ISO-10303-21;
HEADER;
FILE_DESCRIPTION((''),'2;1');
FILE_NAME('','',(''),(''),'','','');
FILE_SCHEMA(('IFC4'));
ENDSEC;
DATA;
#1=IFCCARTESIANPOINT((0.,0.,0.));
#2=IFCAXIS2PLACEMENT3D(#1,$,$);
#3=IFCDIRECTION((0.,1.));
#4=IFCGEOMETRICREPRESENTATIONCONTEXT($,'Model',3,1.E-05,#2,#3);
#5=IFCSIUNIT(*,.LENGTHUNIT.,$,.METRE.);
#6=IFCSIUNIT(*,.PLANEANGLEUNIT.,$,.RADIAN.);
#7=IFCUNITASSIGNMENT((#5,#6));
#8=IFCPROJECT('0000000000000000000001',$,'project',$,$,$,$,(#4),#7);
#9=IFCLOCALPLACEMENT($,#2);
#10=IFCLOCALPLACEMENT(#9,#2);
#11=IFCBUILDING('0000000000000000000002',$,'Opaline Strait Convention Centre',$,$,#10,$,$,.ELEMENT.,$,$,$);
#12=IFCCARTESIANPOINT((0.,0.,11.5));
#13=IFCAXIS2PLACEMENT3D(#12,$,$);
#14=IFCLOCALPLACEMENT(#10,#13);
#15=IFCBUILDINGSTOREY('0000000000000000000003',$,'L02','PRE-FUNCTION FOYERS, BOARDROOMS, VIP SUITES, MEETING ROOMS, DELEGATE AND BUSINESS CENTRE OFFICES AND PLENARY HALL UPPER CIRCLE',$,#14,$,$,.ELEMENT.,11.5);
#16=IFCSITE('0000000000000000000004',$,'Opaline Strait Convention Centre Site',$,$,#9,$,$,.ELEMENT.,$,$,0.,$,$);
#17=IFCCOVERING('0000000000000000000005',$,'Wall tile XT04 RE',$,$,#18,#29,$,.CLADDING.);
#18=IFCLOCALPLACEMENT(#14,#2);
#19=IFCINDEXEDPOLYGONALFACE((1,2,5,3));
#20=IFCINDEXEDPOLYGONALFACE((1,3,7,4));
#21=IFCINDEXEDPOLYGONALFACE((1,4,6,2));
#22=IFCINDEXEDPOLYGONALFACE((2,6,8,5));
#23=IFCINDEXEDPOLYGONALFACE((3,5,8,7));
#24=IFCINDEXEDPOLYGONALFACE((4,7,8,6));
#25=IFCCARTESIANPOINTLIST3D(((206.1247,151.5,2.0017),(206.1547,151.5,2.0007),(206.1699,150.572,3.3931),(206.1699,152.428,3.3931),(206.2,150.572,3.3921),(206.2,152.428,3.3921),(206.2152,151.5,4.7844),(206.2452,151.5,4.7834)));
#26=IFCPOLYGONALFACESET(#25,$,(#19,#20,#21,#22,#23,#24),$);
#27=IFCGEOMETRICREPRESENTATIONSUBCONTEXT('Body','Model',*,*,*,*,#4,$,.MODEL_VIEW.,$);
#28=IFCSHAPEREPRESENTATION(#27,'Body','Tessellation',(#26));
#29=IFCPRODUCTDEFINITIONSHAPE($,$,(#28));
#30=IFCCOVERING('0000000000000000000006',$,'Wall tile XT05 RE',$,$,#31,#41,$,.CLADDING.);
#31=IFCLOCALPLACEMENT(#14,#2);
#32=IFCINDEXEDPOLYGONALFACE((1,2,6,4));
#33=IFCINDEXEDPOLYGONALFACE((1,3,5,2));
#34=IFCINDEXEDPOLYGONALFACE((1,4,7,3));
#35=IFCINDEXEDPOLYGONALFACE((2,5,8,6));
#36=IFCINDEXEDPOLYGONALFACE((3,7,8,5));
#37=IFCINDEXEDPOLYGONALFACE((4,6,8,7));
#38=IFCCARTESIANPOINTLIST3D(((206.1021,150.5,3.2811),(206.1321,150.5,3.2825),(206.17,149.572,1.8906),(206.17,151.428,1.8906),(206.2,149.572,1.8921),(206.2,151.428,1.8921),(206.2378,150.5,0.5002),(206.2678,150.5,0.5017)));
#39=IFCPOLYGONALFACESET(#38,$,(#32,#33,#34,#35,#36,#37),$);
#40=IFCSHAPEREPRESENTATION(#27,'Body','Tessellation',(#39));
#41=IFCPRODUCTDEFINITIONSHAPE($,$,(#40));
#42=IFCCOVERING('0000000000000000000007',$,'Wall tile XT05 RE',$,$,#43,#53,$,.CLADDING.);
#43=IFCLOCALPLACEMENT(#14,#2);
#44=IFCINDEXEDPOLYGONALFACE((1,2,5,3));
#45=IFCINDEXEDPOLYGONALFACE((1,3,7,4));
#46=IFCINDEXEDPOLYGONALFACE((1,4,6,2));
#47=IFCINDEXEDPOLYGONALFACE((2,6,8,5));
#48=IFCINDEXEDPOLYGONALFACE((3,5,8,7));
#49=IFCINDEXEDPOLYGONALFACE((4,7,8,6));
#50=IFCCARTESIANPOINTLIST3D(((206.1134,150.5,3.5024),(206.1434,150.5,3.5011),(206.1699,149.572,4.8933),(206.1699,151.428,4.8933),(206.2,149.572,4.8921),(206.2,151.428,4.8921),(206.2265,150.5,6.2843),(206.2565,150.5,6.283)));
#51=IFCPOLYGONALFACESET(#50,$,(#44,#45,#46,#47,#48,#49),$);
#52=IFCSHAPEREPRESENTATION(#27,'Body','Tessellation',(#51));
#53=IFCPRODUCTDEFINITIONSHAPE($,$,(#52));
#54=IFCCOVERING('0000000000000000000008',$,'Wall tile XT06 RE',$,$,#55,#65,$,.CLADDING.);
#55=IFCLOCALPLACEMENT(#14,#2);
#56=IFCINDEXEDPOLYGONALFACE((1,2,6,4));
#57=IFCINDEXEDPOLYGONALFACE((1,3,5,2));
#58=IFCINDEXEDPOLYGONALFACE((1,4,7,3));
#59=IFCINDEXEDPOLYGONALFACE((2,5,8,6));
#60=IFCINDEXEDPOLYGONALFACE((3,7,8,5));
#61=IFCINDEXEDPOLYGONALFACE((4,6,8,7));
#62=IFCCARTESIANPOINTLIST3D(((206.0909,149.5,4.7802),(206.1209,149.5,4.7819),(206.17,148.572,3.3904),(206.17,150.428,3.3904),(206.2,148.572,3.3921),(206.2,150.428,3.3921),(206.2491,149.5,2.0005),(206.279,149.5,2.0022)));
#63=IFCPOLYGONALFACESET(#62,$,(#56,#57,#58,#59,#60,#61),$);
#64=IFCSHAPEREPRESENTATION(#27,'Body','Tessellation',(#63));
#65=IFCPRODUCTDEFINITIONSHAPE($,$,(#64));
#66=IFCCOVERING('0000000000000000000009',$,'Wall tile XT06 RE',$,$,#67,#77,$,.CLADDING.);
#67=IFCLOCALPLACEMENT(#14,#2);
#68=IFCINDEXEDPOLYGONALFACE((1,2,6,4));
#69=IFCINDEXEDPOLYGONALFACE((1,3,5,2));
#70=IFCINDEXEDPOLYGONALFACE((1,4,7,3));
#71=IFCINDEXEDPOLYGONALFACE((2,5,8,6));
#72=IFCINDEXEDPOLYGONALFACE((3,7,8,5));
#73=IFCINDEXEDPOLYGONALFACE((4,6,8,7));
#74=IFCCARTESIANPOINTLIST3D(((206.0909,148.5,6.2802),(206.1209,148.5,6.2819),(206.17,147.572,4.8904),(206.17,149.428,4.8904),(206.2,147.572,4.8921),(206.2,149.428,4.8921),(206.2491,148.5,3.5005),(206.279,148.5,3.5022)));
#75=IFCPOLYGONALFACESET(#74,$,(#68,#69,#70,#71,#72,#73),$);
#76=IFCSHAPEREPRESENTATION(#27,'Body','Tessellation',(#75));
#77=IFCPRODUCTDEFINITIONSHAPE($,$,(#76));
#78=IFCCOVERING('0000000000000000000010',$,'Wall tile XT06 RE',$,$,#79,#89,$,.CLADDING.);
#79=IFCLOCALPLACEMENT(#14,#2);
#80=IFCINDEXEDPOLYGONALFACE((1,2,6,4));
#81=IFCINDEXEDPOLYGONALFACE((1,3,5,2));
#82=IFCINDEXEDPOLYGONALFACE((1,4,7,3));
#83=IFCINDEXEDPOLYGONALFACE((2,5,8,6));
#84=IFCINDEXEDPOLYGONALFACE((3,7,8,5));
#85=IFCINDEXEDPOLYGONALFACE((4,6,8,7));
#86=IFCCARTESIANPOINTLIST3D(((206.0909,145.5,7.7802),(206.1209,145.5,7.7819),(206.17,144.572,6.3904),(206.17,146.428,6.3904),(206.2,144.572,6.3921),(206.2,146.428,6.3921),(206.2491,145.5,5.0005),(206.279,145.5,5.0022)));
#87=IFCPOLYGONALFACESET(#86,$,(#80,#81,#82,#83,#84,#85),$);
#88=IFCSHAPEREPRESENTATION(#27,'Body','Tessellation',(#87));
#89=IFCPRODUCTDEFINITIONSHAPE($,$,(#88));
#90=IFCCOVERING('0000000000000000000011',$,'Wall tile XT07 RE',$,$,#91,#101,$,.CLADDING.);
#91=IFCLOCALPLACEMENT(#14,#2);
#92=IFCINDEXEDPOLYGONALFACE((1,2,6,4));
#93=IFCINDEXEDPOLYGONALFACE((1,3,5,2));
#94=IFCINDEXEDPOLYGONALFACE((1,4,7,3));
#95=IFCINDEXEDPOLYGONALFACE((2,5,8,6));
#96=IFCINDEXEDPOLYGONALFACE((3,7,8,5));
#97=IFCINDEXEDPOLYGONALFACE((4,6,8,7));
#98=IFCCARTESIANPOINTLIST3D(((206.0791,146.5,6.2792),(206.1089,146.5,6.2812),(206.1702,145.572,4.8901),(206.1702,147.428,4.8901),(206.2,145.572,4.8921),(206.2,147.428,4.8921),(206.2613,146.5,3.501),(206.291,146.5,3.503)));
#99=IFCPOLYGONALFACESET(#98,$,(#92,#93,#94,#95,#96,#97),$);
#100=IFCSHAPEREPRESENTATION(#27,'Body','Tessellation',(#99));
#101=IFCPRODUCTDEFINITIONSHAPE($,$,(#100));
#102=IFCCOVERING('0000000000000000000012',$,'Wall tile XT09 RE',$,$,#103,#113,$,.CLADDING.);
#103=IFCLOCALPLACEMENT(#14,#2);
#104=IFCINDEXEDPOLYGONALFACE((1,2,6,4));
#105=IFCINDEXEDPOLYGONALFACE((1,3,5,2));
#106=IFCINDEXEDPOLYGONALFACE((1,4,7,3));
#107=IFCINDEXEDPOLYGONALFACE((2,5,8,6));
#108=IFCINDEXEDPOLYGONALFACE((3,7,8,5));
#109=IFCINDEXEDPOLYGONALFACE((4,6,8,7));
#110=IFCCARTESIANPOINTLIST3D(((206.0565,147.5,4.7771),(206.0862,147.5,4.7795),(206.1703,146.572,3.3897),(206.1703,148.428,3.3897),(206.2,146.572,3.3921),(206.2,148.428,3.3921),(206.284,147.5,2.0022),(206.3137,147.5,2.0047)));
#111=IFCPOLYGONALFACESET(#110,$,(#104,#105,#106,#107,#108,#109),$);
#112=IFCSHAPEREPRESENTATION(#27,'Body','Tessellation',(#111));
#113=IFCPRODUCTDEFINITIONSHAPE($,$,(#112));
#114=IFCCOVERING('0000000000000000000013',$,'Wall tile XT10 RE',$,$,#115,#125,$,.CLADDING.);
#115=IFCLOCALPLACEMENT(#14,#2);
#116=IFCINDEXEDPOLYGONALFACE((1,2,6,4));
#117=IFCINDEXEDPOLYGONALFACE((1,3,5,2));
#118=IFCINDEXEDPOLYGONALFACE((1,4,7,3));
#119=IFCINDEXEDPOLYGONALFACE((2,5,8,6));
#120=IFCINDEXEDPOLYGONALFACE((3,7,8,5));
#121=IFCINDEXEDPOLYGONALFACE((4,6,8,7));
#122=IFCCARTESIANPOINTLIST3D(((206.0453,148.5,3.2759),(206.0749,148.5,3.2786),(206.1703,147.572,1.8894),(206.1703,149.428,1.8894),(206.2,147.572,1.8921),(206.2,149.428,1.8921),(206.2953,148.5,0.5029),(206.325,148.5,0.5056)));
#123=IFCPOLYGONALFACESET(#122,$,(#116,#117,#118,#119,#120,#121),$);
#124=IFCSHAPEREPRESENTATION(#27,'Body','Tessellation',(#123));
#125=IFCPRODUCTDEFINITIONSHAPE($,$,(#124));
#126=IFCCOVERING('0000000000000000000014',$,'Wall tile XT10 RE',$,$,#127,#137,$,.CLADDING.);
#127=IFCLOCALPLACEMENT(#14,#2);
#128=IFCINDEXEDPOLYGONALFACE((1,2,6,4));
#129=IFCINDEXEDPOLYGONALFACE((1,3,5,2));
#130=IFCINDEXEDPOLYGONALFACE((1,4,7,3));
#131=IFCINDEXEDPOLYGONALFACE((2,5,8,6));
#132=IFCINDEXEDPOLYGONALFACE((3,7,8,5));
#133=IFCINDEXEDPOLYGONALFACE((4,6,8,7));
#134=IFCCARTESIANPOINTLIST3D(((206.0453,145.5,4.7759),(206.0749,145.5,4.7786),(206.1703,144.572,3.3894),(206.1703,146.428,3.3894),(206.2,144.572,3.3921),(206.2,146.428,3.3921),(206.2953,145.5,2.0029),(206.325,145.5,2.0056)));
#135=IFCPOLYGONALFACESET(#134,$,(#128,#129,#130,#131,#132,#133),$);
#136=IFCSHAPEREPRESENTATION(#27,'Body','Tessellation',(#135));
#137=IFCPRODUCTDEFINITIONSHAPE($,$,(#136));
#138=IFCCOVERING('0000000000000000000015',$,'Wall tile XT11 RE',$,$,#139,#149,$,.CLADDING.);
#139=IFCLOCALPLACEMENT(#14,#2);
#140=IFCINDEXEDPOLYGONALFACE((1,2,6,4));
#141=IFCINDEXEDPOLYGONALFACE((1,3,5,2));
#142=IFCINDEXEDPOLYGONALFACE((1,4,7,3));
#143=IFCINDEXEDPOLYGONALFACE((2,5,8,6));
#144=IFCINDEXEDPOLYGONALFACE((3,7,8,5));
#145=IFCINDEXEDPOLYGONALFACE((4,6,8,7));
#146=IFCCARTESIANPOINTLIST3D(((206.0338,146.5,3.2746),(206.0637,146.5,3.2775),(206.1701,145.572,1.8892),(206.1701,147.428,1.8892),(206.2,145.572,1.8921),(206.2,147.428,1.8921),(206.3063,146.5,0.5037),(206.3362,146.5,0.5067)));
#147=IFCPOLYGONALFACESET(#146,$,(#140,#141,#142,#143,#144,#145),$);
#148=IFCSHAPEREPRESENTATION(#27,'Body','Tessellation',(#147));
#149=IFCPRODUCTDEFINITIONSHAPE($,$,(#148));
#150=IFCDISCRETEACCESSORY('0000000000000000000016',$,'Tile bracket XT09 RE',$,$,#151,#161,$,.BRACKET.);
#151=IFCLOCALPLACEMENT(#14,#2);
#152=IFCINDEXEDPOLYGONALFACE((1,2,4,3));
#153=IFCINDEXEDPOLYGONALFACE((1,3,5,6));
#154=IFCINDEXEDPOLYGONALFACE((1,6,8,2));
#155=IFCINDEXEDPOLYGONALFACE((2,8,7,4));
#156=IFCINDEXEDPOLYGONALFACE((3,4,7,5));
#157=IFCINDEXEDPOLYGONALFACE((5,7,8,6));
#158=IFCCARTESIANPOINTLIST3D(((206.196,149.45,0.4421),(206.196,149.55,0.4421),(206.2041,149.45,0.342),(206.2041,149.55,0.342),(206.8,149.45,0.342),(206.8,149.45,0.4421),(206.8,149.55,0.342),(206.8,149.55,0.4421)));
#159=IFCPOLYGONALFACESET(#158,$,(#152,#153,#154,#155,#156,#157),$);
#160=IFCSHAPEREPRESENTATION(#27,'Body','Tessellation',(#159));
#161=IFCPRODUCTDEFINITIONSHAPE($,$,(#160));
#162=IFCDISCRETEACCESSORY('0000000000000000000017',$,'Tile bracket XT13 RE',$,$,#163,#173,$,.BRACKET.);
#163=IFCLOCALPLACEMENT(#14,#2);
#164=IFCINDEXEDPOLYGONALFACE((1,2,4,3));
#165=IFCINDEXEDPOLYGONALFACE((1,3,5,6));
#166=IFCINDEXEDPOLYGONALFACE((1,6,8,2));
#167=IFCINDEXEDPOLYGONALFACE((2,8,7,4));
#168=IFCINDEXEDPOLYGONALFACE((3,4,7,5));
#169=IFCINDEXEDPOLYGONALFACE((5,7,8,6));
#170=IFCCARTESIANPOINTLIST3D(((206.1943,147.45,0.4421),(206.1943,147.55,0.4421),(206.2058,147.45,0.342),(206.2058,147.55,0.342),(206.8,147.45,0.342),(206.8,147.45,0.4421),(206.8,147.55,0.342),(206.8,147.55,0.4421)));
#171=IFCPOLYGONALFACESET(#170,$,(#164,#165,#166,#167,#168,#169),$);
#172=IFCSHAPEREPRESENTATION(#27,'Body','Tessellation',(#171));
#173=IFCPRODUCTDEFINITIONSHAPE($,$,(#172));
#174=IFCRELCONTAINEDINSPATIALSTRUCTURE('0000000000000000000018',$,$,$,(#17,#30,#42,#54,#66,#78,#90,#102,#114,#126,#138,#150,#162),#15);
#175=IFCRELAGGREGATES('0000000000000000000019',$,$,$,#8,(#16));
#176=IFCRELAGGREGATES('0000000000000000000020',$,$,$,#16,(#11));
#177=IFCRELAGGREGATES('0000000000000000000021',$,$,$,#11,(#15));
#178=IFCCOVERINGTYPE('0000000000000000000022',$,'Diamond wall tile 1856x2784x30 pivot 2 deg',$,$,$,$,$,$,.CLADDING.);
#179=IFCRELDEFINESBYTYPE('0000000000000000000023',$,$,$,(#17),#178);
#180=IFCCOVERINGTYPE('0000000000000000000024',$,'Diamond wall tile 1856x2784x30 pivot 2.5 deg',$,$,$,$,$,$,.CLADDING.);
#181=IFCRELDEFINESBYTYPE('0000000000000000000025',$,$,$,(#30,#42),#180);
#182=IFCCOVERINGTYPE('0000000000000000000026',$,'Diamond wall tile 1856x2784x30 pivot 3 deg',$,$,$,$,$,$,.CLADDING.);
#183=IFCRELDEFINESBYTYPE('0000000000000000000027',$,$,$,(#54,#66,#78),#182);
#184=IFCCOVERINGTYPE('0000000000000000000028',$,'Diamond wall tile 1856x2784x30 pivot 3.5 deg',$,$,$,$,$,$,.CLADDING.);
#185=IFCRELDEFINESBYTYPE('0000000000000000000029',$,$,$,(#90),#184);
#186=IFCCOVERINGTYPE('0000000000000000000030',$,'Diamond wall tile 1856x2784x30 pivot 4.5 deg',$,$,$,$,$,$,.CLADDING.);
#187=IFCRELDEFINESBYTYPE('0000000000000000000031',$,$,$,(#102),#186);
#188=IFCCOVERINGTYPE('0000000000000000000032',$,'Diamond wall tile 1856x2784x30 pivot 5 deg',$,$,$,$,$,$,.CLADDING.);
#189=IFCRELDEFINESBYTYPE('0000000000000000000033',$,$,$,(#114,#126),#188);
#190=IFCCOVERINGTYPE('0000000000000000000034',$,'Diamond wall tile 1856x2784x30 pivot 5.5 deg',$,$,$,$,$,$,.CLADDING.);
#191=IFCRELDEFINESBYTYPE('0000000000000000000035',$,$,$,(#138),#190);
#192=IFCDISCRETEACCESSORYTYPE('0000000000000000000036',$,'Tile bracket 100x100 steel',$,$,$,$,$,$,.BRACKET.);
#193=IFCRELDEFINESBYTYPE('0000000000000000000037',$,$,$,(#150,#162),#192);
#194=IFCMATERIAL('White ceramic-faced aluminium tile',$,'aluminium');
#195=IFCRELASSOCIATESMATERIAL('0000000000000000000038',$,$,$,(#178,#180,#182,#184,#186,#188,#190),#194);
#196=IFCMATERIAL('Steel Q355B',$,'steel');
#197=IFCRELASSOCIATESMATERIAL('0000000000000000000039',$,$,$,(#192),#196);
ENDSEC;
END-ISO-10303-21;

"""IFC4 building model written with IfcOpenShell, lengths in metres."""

from ifc_helpers import new_model, si_unit, direction, frame, origin, place, context, subcontext, project, spatial, polyline, outline, extrude, material, material_profile, profile_set, type_object, element, save


model = new_model("IFC4")

# Units and contexts
model_context = context("Model", 3, precision=1e-05, world=origin(), true_north=direction((0.0, 1.0)))
body_context = subcontext(model_context, "Body", "Model", "MODEL_VIEW")
ifc_project = project(units=[si_unit("LENGTHUNIT", "METRE"), si_unit("PLANEANGLEUNIT", "RADIAN")], contexts=[model_context])

# Site, building, storey
site_placement = place(None, origin())
site = spatial("IfcSite", under=ifc_project, at=site_placement, Name="Opaline Strait Convention Centre Site", CompositionType="ELEMENT", RefElevation=0.0)
building_placement = place(site_placement, origin())
building = spatial("IfcBuilding", under=site, at=building_placement, Name="Opaline Strait Convention Centre", CompositionType="ELEMENT")
storey_placement = place(building_placement, frame((0.0, 0.0, 11.5)))
storey = spatial("IfcBuildingStorey", under=building, at=storey_placement, Name="L02", Description="PRE-FUNCTION FOYERS, BOARDROOMS, VIP SUITES, MEETING ROOMS, DELEGATE AND BUSINESS CENTRE OFFICES AND PLENARY HALL UPPER CIRCLE", CompositionType="ELEMENT", Elevation=11.5)

# Coverings
ifc_material_1 = material(Name="White ceramic-faced aluminium tile", Category="aluminium")
ifc_material_profile_1 = material_profile(ifc_material_1, outline(polyline([(0.928, 0.0), (0.0, 1.3921), (-0.928, 0.0), (0.0, -1.3921), (0.928, 0.0)])), Name="Diamond tile 1856x2784")
ifc_profile_set_1 = profile_set([ifc_material_profile_1], Name="White ceramic-faced aluminium tile")
covering_type_1 = type_object("IfcCoveringType", Name="Diamond wall tile 1856x2784x30 pivot 2 deg", PredefinedType="CLADDING", material=ifc_profile_set_1)
covering_1_placement = place(storey_placement, frame((206.2, 151.5, 3.3921), z_axis=(-0.999472, 0.0, 0.032503), x_axis=(0.0, -1.0, 0.0)))
element("IfcCovering", 1, at=covering_1_placement, inside=storey, type_object=covering_type_1, Name="Wall tile XT04 RE", PredefinedType="CLADDING", context=body_context, shape_type="SweptSolid", body=[
    extrude(outline(polyline([(0.928, 0.0), (0.0, 1.3921), (-0.928, 0.0), (0.0, -1.3921), (0.928, 0.0)])), origin(), (0.0, 0.0, 1.0), 0.03),
])
ifc_material_profile_2 = material_profile(ifc_material_1, outline(polyline([(0.928, 0.0), (0.0, 1.3921), (-0.928, 0.0), (0.0, -1.3921), (0.928, 0.0)])), Name="Diamond tile 1856x2784")
ifc_profile_set_2 = profile_set([ifc_material_profile_2], Name="White ceramic-faced aluminium tile")
covering_type_2 = type_object("IfcCoveringType", Name="Diamond wall tile 1856x2784x30 pivot 2.5 deg", PredefinedType="CLADDING", material=ifc_profile_set_2)
for number, where, z_axis, x_axis, name in (
    (2, (206.2, 150.5, 1.8921), (-0.998812, 0.0, -0.048723), (0.0, -1.0, 0.0), "Wall tile XT05 RE"),
    (3, (206.2, 150.5, 4.8921), (-0.999175, 0.0, 0.040617), (0.0, -1.0, 0.0), "Wall tile XT05 RE"),
):
    element("IfcCovering", number, at=place(storey_placement, frame(where, z_axis=z_axis, x_axis=x_axis)), inside=storey, type_object=covering_type_2, Name=name, PredefinedType="CLADDING", context=body_context, shape_type="SweptSolid", body=[
        extrude(outline(polyline([(0.928, 0.0), (0.0, 1.3921), (-0.928, 0.0), (0.0, -1.3921), (0.928, 0.0)])), origin(), (0.0, 0.0, 1.0), 0.03),
    ])
ifc_material_profile_3 = material_profile(ifc_material_1, outline(polyline([(0.928, 0.0), (0.0, 1.3921), (-0.928, 0.0), (0.0, -1.3921), (0.928, 0.0)])), Name="Diamond tile 1856x2784")
ifc_profile_set_3 = profile_set([ifc_material_profile_3], Name="White ceramic-faced aluminium tile")
covering_type_3 = type_object("IfcCoveringType", Name="Diamond wall tile 1856x2784x30 pivot 3 deg", PredefinedType="CLADDING", material=ifc_profile_set_3)
for number, where, z_axis, x_axis, name in (
    (4, (206.2, 149.5, 3.3921), (-0.998385, 0.0, -0.056819), (0.0, -1.0, 0.0), "Wall tile XT06 RE"),
    (5, (206.2, 148.5, 4.8921), (-0.998385, 0.0, -0.056819), (0.0, -1.0, 0.0), "Wall tile XT06 RE"),
    (6, (206.2, 145.5, 6.3921), (-0.998385, 0.0, -0.056819), (0.0, -1.0, 0.0), "Wall tile XT06 RE"),
):
    element("IfcCovering", number, at=place(storey_placement, frame(where, z_axis=z_axis, x_axis=x_axis)), inside=storey, type_object=covering_type_3, Name=name, PredefinedType="CLADDING", context=body_context, shape_type="SweptSolid", body=[
        extrude(outline(polyline([(0.928, 0.0), (0.0, 1.3921), (-0.928, 0.0), (0.0, -1.3921), (0.928, 0.0)])), origin(), (0.0, 0.0, 1.0), 0.03),
    ])
ifc_material_profile_4 = material_profile(ifc_material_1, outline(polyline([(0.928, 0.0), (0.0, 1.3921), (-0.928, 0.0), (0.0, -1.3921), (0.928, 0.0)])), Name="Diamond tile 1856x2784")
ifc_profile_set_4 = profile_set([ifc_material_profile_4], Name="White ceramic-faced aluminium tile")
covering_type_4 = type_object("IfcCoveringType", Name="Diamond wall tile 1856x2784x30 pivot 3.5 deg", PredefinedType="CLADDING", material=ifc_profile_set_4)
covering_2_placement = place(storey_placement, frame((206.2, 146.5, 4.8921), z_axis=(-0.997857, 0.0, -0.065433), x_axis=(0.0, -1.0, 0.0)))
element("IfcCovering", 7, at=covering_2_placement, inside=storey, type_object=covering_type_4, Name="Wall tile XT07 RE", PredefinedType="CLADDING", context=body_context, shape_type="SweptSolid", body=[
    extrude(outline(polyline([(0.928, 0.0), (0.0, 1.3921), (-0.928, 0.0), (0.0, -1.3921), (0.928, 0.0)])), origin(), (0.0, 0.0, 1.0), 0.0298),
])
ifc_material_profile_5 = material_profile(ifc_material_1, outline(polyline([(0.928, 0.0), (0.0, 1.3921), (-0.928, 0.0), (0.0, -1.3921), (0.928, 0.0)])), Name="Diamond tile 1856x2784")
ifc_profile_set_5 = profile_set([ifc_material_profile_5], Name="White ceramic-faced aluminium tile")
covering_type_5 = type_object("IfcCoveringType", Name="Diamond wall tile 1856x2784x30 pivot 4.5 deg", PredefinedType="CLADDING", material=ifc_profile_set_5)
covering_3_placement = place(storey_placement, frame((206.2, 147.5, 3.3921), z_axis=(-0.996658, 0.0, -0.081693), x_axis=(0.0, -1.0, 0.0)))
element("IfcCovering", 8, at=covering_3_placement, inside=storey, type_object=covering_type_5, Name="Wall tile XT09 RE", PredefinedType="CLADDING", context=body_context, shape_type="SweptSolid", body=[
    extrude(outline(polyline([(0.928, 0.0), (0.0, 1.3921), (-0.928, 0.0), (0.0, -1.3921), (0.928, 0.0)])), origin(), (0.0, 0.0, 1.0), 0.0298),
])
ifc_material_profile_6 = material_profile(ifc_material_1, outline(polyline([(0.928, 0.0), (0.0, 1.3921), (-0.928, 0.0), (0.0, -1.3921), (0.928, 0.0)])), Name="Diamond tile 1856x2784")
ifc_profile_set_6 = profile_set([ifc_material_profile_6], Name="White ceramic-faced aluminium tile")
covering_type_6 = type_object("IfcCoveringType", Name="Diamond wall tile 1856x2784x30 pivot 5 deg", PredefinedType="CLADDING", material=ifc_profile_set_6)
for number, where, z_axis, x_axis, name in (
    (9, (206.2, 148.5, 1.8921), (-0.99596, 0.0, -0.0898), (0.0, -1.0, 0.0), "Wall tile XT10 RE"),
    (10, (206.2, 145.5, 3.3921), (-0.99596, 0.0, -0.0898), (0.0, -1.0, 0.0), "Wall tile XT10 RE"),
):
    element("IfcCovering", number, at=place(storey_placement, frame(where, z_axis=z_axis, x_axis=x_axis)), inside=storey, type_object=covering_type_6, Name=name, PredefinedType="CLADDING", context=body_context, shape_type="SweptSolid", body=[
        extrude(outline(polyline([(0.928, 0.0), (0.0, 1.3921), (-0.928, 0.0), (0.0, -1.3921), (0.928, 0.0)])), origin(), (0.0, 0.0, 1.0), 0.0298),
    ])
ifc_material_profile_7 = material_profile(ifc_material_1, outline(polyline([(0.928, 0.0), (0.0, 1.3921), (-0.928, 0.0), (0.0, -1.3921), (0.928, 0.0)])), Name="Diamond tile 1856x2784")
ifc_profile_set_7 = profile_set([ifc_material_profile_7], Name="White ceramic-faced aluminium tile")
covering_type_7 = type_object("IfcCoveringType", Name="Diamond wall tile 1856x2784x30 pivot 5.5 deg", PredefinedType="CLADDING", material=ifc_profile_set_7)
covering_4_placement = place(storey_placement, frame((206.2, 146.5, 1.8921), z_axis=(-0.995197, 0.0, -0.097888), x_axis=(0.0, -1.0, 0.0)))
element("IfcCovering", 11, at=covering_4_placement, inside=storey, type_object=covering_type_7, Name="Wall tile XT11 RE", PredefinedType="CLADDING", context=body_context, shape_type="SweptSolid", body=[
    extrude(outline(polyline([(0.928, 0.0), (0.0, 1.3921), (-0.928, 0.0), (0.0, -1.3921), (0.928, 0.0)])), origin(), (0.0, 0.0, 1.0), 0.03),
])

# Discrete accessories
ifc_material_2 = material(Name="Steel Q355B", Category="steel")
discrete_accessory_type = type_object("IfcDiscreteAccessoryType", Name="Tile bracket 100x100 steel", PredefinedType="BRACKET", material=ifc_material_2)
discrete_accessory_1_placement = place(storey_placement, frame((206.8, 149.55, 0.3921), z_axis=(0.0, -1.0, 0.0), x_axis=(1.0, 0.0, 0.0)))
element("IfcDiscreteAccessory", 12, at=discrete_accessory_1_placement, inside=storey, type_object=discrete_accessory_type, Name="Tile bracket XT09 RE", PredefinedType="BRACKET", context=body_context, shape_type="SweptSolid", body=[
    extrude(outline(polyline([(0.0, -0.05), (0.0, 0.05), (-0.604, 0.05), (-0.5959, -0.05), (0.0, -0.05)])), origin(), (0.0, 0.0, 1.0), 0.1001),
])
discrete_accessory_2_placement = place(storey_placement, frame((206.8, 147.55, 0.3921), z_axis=(0.0, -1.0, 0.0), x_axis=(1.0, 0.0, 0.0)))
element("IfcDiscreteAccessory", 13, at=discrete_accessory_2_placement, inside=storey, type_object=discrete_accessory_type, Name="Tile bracket XT13 RE", PredefinedType="BRACKET", context=body_context, shape_type="SweptSolid", body=[
    extrude(outline(polyline([(0.0, -0.05), (0.0, 0.05), (-0.6057, 0.05), (-0.5942, -0.05), (0.0, -0.05)])), origin(), (0.0, 0.0, 1.0), 0.1001),
])

save(model, "model.ifc")
